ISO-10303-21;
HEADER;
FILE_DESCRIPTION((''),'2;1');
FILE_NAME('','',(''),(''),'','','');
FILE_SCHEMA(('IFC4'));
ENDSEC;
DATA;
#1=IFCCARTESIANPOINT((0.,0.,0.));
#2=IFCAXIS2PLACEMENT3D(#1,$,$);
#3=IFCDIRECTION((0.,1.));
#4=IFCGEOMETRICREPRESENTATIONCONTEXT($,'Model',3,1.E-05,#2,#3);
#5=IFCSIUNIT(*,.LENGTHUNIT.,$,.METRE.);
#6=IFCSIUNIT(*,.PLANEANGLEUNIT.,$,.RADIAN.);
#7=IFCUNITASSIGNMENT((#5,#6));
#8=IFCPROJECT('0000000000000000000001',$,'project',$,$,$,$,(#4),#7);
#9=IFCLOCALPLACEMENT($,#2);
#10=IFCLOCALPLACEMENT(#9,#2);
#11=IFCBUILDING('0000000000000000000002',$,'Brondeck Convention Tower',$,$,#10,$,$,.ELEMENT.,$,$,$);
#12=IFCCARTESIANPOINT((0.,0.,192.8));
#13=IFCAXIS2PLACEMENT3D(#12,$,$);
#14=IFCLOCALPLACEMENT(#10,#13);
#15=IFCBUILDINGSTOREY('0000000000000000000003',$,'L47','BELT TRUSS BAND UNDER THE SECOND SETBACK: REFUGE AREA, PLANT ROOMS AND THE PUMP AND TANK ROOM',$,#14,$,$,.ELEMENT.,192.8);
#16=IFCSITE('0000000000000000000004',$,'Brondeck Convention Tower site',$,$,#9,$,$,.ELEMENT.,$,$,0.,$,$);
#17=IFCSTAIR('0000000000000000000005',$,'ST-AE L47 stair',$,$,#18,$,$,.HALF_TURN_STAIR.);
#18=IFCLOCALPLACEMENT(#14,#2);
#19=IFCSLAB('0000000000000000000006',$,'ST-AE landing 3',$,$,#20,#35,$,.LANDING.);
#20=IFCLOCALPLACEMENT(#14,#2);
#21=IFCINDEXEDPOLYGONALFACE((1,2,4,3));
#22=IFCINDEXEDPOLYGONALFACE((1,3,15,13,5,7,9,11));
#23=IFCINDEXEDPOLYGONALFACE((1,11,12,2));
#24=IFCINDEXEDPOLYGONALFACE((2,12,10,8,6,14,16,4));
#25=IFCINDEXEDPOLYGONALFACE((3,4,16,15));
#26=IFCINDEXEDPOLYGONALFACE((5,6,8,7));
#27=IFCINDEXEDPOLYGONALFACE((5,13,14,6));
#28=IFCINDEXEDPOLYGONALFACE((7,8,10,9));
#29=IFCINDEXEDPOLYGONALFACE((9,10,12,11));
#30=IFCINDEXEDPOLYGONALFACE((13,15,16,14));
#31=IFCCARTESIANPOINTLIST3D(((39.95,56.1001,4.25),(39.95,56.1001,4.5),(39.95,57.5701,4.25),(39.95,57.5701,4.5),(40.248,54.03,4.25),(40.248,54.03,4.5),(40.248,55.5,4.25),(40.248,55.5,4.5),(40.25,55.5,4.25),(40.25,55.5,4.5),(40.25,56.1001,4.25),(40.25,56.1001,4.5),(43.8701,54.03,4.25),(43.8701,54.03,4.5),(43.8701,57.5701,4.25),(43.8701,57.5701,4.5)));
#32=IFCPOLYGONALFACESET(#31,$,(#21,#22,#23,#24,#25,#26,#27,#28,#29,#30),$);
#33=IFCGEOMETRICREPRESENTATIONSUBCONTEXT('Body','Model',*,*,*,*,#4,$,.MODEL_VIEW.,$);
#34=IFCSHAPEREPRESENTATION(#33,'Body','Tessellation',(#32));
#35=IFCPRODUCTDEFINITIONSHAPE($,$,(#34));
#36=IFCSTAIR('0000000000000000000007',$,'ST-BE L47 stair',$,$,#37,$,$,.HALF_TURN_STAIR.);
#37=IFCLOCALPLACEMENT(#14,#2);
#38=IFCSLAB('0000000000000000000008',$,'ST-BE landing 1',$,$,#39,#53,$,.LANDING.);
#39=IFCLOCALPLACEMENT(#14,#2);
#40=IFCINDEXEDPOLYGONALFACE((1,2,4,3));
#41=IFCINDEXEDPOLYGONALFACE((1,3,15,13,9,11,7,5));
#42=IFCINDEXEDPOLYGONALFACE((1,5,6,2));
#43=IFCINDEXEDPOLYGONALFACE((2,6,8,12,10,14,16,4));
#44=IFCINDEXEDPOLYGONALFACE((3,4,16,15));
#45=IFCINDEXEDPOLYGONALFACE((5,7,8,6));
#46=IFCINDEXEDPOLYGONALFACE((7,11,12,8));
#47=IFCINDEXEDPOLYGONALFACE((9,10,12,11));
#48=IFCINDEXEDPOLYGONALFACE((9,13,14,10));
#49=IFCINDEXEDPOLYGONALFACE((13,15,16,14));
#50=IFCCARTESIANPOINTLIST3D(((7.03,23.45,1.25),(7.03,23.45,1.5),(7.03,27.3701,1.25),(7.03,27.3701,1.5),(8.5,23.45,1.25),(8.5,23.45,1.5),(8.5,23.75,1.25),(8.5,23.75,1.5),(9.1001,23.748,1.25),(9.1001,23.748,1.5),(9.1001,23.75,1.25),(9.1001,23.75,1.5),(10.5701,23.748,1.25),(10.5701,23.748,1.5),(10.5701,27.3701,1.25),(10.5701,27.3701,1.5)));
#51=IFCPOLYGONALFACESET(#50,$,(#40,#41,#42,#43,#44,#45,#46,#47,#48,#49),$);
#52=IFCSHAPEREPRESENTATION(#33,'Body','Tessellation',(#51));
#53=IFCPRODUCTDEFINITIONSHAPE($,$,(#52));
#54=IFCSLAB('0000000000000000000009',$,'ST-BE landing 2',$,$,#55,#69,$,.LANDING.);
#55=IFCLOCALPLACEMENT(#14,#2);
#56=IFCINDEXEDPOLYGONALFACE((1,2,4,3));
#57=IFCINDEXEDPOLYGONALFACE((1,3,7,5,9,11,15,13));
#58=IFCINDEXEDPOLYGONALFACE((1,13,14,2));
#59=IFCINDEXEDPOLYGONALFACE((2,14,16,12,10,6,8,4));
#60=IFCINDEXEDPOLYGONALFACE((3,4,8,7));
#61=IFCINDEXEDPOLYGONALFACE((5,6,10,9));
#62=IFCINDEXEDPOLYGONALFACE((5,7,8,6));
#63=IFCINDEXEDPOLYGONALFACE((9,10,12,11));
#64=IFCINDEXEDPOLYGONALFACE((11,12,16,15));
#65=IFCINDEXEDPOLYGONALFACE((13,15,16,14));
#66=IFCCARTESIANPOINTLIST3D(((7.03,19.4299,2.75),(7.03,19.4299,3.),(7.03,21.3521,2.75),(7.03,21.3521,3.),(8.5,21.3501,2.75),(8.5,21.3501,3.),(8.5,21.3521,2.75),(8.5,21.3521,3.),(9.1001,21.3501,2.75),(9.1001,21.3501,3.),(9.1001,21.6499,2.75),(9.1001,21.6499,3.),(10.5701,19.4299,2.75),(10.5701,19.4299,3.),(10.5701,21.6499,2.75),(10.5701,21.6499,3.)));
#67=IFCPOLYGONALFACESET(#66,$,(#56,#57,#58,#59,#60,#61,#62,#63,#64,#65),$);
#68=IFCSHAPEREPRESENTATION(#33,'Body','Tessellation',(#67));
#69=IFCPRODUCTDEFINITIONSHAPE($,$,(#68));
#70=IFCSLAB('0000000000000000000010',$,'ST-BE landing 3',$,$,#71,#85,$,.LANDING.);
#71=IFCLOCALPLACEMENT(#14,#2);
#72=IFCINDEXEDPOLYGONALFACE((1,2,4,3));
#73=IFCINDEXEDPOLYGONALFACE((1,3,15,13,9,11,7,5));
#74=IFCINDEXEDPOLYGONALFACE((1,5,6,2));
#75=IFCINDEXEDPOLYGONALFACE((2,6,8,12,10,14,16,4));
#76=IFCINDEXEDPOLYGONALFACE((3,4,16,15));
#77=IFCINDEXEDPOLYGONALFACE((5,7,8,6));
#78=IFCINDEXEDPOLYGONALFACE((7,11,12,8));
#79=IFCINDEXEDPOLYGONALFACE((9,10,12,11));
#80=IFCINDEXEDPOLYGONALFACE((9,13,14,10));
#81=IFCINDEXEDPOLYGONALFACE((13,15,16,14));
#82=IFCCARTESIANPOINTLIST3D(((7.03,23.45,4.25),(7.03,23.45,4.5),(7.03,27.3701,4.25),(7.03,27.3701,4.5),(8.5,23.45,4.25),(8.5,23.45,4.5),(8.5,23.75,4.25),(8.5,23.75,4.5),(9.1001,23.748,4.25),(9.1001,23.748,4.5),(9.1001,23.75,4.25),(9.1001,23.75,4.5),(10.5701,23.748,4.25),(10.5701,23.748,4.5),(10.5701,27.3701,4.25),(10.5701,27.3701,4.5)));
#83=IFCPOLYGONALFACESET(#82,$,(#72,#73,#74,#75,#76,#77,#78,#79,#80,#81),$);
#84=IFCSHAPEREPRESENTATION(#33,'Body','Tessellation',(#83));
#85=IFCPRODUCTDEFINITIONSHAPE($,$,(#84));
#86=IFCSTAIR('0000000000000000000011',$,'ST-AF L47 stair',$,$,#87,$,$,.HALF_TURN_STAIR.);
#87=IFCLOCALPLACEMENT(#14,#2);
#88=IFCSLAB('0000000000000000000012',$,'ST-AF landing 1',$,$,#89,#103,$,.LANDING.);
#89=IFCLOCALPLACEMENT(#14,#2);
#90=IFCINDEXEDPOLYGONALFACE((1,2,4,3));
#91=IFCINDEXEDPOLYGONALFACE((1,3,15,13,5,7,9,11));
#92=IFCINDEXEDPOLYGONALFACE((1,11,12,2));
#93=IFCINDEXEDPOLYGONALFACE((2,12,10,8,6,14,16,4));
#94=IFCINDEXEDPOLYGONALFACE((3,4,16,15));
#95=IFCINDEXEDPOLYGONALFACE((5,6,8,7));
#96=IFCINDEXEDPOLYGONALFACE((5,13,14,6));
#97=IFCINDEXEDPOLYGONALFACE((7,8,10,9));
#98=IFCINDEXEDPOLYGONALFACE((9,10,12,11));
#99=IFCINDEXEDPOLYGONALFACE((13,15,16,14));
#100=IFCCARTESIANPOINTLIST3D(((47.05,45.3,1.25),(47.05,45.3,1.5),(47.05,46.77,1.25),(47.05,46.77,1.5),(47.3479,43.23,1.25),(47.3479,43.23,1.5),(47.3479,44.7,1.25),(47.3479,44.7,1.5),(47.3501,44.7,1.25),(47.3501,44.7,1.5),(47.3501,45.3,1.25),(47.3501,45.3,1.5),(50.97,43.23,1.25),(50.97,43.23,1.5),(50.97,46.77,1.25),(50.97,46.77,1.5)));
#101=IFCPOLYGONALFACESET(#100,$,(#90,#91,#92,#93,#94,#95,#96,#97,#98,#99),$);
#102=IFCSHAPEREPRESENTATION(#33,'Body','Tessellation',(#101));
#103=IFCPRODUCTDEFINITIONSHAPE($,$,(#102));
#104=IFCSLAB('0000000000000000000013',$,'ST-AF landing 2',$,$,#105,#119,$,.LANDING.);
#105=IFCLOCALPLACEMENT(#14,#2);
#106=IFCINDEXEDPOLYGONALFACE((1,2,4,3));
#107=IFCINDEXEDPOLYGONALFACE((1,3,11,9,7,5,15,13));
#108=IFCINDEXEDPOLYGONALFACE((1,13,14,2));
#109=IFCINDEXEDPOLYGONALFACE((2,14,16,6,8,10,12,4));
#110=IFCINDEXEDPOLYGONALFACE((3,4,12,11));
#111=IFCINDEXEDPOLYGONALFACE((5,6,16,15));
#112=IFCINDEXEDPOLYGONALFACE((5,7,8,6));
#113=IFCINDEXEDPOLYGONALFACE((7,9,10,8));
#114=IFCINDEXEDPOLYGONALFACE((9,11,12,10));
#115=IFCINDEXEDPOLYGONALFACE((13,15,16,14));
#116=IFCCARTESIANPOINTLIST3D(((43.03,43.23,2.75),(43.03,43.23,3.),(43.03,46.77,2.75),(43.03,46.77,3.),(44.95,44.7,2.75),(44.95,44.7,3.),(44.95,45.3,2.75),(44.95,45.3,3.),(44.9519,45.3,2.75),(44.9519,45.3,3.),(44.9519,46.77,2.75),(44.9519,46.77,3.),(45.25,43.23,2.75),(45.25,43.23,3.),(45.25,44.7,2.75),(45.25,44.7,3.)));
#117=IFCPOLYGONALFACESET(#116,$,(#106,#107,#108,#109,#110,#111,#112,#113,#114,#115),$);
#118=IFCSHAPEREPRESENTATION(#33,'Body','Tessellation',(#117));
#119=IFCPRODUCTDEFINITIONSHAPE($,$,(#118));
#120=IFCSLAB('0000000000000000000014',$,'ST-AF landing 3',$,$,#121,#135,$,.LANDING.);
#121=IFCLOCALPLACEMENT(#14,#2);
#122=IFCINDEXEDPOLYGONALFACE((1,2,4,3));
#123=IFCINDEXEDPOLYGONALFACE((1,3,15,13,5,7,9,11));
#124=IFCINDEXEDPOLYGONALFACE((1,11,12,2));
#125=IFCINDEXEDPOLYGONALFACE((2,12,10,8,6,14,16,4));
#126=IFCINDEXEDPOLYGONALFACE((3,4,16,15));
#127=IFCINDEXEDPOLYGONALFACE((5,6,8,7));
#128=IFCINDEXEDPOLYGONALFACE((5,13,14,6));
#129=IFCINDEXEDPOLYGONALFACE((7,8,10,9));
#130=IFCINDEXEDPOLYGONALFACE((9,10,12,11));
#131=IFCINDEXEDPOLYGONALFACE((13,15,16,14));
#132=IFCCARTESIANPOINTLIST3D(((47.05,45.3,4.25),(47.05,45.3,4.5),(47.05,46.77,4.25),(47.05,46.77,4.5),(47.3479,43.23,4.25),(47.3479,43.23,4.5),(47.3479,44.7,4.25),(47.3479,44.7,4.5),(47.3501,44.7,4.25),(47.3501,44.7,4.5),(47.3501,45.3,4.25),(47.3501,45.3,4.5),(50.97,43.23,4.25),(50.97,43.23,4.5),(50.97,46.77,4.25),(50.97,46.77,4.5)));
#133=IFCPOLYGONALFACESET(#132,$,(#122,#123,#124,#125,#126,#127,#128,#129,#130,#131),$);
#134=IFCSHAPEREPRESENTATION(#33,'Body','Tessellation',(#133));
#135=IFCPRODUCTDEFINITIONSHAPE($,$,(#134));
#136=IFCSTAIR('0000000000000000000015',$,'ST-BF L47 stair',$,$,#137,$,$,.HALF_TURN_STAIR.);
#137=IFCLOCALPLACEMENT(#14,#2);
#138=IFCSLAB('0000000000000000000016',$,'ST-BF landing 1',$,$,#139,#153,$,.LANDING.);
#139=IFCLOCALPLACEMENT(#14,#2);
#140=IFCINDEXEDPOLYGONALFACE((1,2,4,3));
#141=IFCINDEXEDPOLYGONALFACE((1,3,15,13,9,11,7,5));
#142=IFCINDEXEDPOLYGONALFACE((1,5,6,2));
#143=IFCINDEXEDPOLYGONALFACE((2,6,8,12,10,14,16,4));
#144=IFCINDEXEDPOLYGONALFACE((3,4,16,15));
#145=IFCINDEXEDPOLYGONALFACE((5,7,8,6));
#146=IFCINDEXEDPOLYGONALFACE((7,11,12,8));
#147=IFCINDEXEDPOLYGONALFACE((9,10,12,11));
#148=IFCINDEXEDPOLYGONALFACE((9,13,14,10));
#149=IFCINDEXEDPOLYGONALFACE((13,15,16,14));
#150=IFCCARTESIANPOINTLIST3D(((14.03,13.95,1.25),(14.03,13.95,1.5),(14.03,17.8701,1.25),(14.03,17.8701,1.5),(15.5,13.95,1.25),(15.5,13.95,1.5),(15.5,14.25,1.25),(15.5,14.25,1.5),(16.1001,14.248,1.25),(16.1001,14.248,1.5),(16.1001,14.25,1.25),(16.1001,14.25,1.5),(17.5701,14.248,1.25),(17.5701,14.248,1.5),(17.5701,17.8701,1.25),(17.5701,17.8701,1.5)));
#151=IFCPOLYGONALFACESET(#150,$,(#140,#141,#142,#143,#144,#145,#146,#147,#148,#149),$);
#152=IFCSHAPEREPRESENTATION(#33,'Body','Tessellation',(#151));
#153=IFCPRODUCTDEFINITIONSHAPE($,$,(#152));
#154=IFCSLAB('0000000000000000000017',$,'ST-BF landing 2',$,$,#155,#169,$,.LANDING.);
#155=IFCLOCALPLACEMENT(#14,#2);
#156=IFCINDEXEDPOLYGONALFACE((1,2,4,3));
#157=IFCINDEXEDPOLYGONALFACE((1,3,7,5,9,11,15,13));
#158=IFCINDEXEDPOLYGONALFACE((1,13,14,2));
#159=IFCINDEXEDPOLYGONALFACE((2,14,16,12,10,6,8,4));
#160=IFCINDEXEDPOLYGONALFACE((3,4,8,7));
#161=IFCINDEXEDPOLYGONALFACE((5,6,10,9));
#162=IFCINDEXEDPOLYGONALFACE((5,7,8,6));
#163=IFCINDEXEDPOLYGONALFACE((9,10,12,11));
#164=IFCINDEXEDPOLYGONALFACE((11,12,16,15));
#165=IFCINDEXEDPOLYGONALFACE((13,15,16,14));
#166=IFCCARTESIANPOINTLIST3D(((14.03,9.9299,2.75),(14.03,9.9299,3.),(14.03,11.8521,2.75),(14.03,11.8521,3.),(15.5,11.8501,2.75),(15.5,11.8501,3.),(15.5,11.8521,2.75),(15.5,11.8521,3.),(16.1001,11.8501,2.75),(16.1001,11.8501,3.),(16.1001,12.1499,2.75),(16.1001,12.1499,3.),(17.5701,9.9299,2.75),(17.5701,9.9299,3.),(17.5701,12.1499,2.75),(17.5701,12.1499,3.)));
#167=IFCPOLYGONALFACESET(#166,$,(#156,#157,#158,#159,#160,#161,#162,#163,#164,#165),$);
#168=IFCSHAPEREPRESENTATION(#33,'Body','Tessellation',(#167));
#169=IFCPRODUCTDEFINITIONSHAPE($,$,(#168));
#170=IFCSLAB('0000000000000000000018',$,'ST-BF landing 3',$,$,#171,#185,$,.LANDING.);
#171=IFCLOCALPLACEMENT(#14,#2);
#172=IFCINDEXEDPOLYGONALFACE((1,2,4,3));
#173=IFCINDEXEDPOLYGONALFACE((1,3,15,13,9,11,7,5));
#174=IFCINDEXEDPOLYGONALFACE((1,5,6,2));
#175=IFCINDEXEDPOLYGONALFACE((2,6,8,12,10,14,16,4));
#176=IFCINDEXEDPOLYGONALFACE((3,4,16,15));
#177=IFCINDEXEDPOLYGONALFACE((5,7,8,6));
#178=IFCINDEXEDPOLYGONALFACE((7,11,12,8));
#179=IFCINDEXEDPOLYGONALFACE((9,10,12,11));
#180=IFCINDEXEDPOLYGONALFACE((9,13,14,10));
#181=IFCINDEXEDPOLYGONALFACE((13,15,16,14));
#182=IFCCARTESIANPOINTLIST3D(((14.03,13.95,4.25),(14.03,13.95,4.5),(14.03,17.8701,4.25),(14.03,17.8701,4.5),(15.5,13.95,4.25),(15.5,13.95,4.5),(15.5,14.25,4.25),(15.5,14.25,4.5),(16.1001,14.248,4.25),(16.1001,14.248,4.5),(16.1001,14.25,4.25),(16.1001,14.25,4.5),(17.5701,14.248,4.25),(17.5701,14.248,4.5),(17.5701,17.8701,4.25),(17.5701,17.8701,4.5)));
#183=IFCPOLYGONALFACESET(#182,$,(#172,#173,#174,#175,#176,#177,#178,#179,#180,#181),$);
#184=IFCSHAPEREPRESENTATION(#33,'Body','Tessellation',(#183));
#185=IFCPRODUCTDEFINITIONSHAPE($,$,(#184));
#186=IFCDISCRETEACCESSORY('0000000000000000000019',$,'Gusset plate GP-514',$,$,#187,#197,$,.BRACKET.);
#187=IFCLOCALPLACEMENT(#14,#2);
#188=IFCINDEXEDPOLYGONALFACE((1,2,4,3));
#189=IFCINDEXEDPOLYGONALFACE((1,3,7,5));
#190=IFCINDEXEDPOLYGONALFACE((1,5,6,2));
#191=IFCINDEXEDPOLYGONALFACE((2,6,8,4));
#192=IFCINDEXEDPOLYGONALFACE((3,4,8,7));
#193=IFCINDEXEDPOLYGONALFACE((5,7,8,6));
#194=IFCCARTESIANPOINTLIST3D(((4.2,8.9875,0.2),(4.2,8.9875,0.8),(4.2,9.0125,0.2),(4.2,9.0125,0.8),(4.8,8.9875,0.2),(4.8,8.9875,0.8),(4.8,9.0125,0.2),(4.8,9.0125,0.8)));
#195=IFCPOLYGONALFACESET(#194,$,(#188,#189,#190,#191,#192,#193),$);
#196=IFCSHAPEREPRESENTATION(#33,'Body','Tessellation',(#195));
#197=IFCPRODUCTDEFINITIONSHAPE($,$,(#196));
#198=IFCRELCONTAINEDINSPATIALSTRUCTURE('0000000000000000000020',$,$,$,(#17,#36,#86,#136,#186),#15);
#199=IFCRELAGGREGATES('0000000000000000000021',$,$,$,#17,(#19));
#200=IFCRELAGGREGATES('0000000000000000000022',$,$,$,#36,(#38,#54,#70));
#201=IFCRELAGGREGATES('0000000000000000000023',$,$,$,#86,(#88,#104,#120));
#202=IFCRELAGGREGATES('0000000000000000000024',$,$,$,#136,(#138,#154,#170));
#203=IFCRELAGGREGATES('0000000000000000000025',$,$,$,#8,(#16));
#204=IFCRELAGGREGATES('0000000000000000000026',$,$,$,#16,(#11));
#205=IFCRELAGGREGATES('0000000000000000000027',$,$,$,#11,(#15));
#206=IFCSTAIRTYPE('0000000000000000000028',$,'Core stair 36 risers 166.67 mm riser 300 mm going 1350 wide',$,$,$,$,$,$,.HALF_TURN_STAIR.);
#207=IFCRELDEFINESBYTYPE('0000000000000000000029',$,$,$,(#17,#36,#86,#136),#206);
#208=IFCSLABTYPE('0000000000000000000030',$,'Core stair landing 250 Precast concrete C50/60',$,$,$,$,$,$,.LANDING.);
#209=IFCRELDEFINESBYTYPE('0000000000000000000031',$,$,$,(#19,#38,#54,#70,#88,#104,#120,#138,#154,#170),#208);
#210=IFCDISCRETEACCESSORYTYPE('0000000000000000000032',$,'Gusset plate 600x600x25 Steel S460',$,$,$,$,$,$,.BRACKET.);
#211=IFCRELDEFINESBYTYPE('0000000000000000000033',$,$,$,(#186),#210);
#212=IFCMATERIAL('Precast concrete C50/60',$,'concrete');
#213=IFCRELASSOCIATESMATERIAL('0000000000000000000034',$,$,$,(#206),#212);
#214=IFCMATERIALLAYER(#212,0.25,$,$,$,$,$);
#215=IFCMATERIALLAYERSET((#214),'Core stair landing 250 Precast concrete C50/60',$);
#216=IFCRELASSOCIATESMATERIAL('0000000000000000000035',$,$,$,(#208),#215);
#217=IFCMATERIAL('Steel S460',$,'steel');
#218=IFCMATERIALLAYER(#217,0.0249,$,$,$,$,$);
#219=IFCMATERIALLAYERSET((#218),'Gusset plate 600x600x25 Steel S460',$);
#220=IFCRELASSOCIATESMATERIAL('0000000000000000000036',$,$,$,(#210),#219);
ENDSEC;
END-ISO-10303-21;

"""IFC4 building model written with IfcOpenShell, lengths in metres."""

from ifc_helpers import new_model, si_unit, direction, frame, origin, origin_2d, place, context, subcontext, project, spatial, polyline, rectangle, outline, extrude, material, layer, layer_set, type_object, element, aggregate, save


model = new_model("IFC4")

# Units and contexts
model_context = context("Model", 3, precision=1e-05, world=origin(), true_north=direction((0.0, 1.0)))
body_context = subcontext(model_context, "Body", "Model", "MODEL_VIEW")
ifc_project = project(units=[si_unit("LENGTHUNIT", "METRE"), si_unit("PLANEANGLEUNIT", "RADIAN")], contexts=[model_context])

# Site, building, storey
site_placement = place(None, origin())
site = spatial("IfcSite", under=ifc_project, at=site_placement, Name="Brondeck Convention Tower site", CompositionType="ELEMENT", RefElevation=0.0)
building_placement = place(site_placement, origin())
building = spatial("IfcBuilding", under=site, at=building_placement, Name="Brondeck Convention Tower", CompositionType="ELEMENT")
storey_placement = place(building_placement, frame((0.0, 0.0, 192.8)))
storey = spatial("IfcBuildingStorey", under=building, at=storey_placement, Name="L47", Description="BELT TRUSS BAND UNDER THE SECOND SETBACK: REFUGE AREA, PLANT ROOMS AND THE PUMP AND TANK ROOM", CompositionType="ELEMENT", Elevation=192.8)

# Shared definitions
ifc_material_1 = material(Name="Steel S460", Category="steel")

# Stairs, slabs
ifc_material_2 = material(Name="Precast concrete C50/60", Category="concrete")
stair_type = type_object("IfcStairType", Name="Core stair 36 risers 166.67 mm riser 300 mm going 1350 wide", PredefinedType="HALF_TURN_STAIR", material=ifc_material_2)
ifc_layer_1 = layer(ifc_material_2, 0.25)
ifc_layer_set_1 = layer_set([ifc_layer_1], Name="Core stair landing 250 Precast concrete C50/60")
slab_type_1 = type_object("IfcSlabType", Name="Core stair landing 250 Precast concrete C50/60", PredefinedType="LANDING", material=ifc_layer_set_1)
stair_1_placement = place(storey_placement, origin())
stair_1 = element("IfcStair", 1, at=stair_1_placement, inside=storey, type_object=stair_type, Name="ST-AE L47 stair", PredefinedType="HALF_TURN_STAIR")
slab_1_placement = place(storey_placement, frame((0.0, 0.0, 4.25)))
slab_1 = element("IfcSlab", 2, at=slab_1_placement, type_object=slab_type_1, Name="ST-AE landing 3", PredefinedType="LANDING", context=body_context, shape_type="SweptSolid", body=[
    extrude(outline(polyline([(40.248, 55.5), (40.25, 55.5), (40.25, 56.1001), (39.95, 56.1001), (39.95, 57.5701), (43.8701, 57.5701), (43.8701, 54.03), (40.248, 54.03), (40.248, 55.5)])), origin(), (0.0, 0.0, 1.0), 0.25),
])
aggregate(stair_1, [slab_1])
stair_2_placement = place(storey_placement, origin())
stair_2 = element("IfcStair", 3, at=stair_2_placement, inside=storey, type_object=stair_type, Name="ST-BE L47 stair", PredefinedType="HALF_TURN_STAIR")
slab_2_placement = place(storey_placement, frame((0.0, 0.0, 1.25)))
slab_2 = element("IfcSlab", 4, at=slab_2_placement, type_object=slab_type_1, Name="ST-BE landing 1", PredefinedType="LANDING", context=body_context, shape_type="SweptSolid", body=[
    extrude(outline(polyline([(7.03, 23.45), (7.03, 27.3701), (10.5701, 27.3701), (10.5701, 23.748), (9.1001, 23.748), (9.1001, 23.75), (8.5, 23.75), (8.5, 23.45), (7.03, 23.45)])), origin(), (0.0, 0.0, 1.0), 0.25),
])
slab_3_placement = place(storey_placement, frame((0.0, 0.0, 2.75)))
slab_3 = element("IfcSlab", 5, at=slab_3_placement, type_object=slab_type_1, Name="ST-BE landing 2", PredefinedType="LANDING", context=body_context, shape_type="SweptSolid", body=[
    extrude(outline(polyline([(10.5701, 19.4299), (7.03, 19.4299), (7.03, 21.3521), (8.5, 21.3521), (8.5, 21.3501), (9.1001, 21.3501), (9.1001, 21.6499), (10.5701, 21.6499), (10.5701, 19.4299)])), origin(), (0.0, 0.0, 1.0), 0.25),
])
slab_4_placement = place(storey_placement, frame((0.0, 0.0, 4.25)))
slab_4 = element("IfcSlab", 6, at=slab_4_placement, type_object=slab_type_1, Name="ST-BE landing 3", PredefinedType="LANDING", context=body_context, shape_type="SweptSolid", body=[
    extrude(outline(polyline([(7.03, 23.45), (7.03, 27.3701), (10.5701, 27.3701), (10.5701, 23.748), (9.1001, 23.748), (9.1001, 23.75), (8.5, 23.75), (8.5, 23.45), (7.03, 23.45)])), origin(), (0.0, 0.0, 1.0), 0.25),
])
aggregate(stair_2, [slab_2, slab_3, slab_4])
stair_3_placement = place(storey_placement, origin())
stair_3 = element("IfcStair", 7, at=stair_3_placement, inside=storey, type_object=stair_type, Name="ST-AF L47 stair", PredefinedType="HALF_TURN_STAIR")
slab_5_placement = place(storey_placement, frame((0.0, 0.0, 1.25)))
slab_5 = element("IfcSlab", 8, at=slab_5_placement, type_object=slab_type_1, Name="ST-AF landing 1", PredefinedType="LANDING", context=body_context, shape_type="SweptSolid", body=[
    extrude(outline(polyline([(47.3479, 44.7), (47.3501, 44.7), (47.3501, 45.3), (47.05, 45.3), (47.05, 46.77), (50.97, 46.77), (50.97, 43.23), (47.3479, 43.23), (47.3479, 44.7)])), origin(), (0.0, 0.0, 1.0), 0.25),
])
slab_6_placement = place(storey_placement, frame((0.0, 0.0, 2.75)))
slab_6 = element("IfcSlab", 9, at=slab_6_placement, type_object=slab_type_1, Name="ST-AF landing 2", PredefinedType="LANDING", context=body_context, shape_type="SweptSolid", body=[
    extrude(outline(polyline([(45.25, 44.7), (45.25, 43.23), (43.03, 43.23), (43.03, 46.77), (44.9519, 46.77), (44.9519, 45.3), (44.95, 45.3), (44.95, 44.7), (45.25, 44.7)])), origin(), (0.0, 0.0, 1.0), 0.25),
])
slab_7_placement = place(storey_placement, frame((0.0, 0.0, 4.25)))
slab_7 = element("IfcSlab", 10, at=slab_7_placement, type_object=slab_type_1, Name="ST-AF landing 3", PredefinedType="LANDING", context=body_context, shape_type="SweptSolid", body=[
    extrude(outline(polyline([(47.3479, 44.7), (47.3501, 44.7), (47.3501, 45.3), (47.05, 45.3), (47.05, 46.77), (50.97, 46.77), (50.97, 43.23), (47.3479, 43.23), (47.3479, 44.7)])), origin(), (0.0, 0.0, 1.0), 0.25),
])
aggregate(stair_3, [slab_5, slab_6, slab_7])
stair_4_placement = place(storey_placement, origin())
stair_4 = element("IfcStair", 11, at=stair_4_placement, inside=storey, type_object=stair_type, Name="ST-BF L47 stair", PredefinedType="HALF_TURN_STAIR")
slab_8_placement = place(storey_placement, frame((0.0, 0.0, 1.25)))
slab_8 = element("IfcSlab", 12, at=slab_8_placement, type_object=slab_type_1, Name="ST-BF landing 1", PredefinedType="LANDING", context=body_context, shape_type="SweptSolid", body=[
    extrude(outline(polyline([(14.03, 13.95), (14.03, 17.8701), (17.5701, 17.8701), (17.5701, 14.248), (16.1001, 14.248), (16.1001, 14.25), (15.5, 14.25), (15.5, 13.95), (14.03, 13.95)])), origin(), (0.0, 0.0, 1.0), 0.25),
])
slab_9_placement = place(storey_placement, frame((0.0, 0.0, 2.75)))
slab_9 = element("IfcSlab", 13, at=slab_9_placement, type_object=slab_type_1, Name="ST-BF landing 2", PredefinedType="LANDING", context=body_context, shape_type="SweptSolid", body=[
    extrude(outline(polyline([(17.5701, 9.9299), (14.03, 9.9299), (14.03, 11.8521), (15.5, 11.8521), (15.5, 11.8501), (16.1001, 11.8501), (16.1001, 12.1499), (17.5701, 12.1499), (17.5701, 9.9299)])), origin(), (0.0, 0.0, 1.0), 0.25),
])
slab_10_placement = place(storey_placement, frame((0.0, 0.0, 4.25)))
slab_10 = element("IfcSlab", 14, at=slab_10_placement, type_object=slab_type_1, Name="ST-BF landing 3", PredefinedType="LANDING", context=body_context, shape_type="SweptSolid", body=[
    extrude(outline(polyline([(14.03, 13.95), (14.03, 17.8701), (17.5701, 17.8701), (17.5701, 14.248), (16.1001, 14.248), (16.1001, 14.25), (15.5, 14.25), (15.5, 13.95), (14.03, 13.95)])), origin(), (0.0, 0.0, 1.0), 0.25),
])
aggregate(stair_4, [slab_8, slab_9, slab_10])

# Discrete accessory
ifc_layer_2 = layer(ifc_material_1, 0.0249)
ifc_layer_set_2 = layer_set([ifc_layer_2], Name="Gusset plate 600x600x25 Steel S460")
discrete_accessory_type = type_object("IfcDiscreteAccessoryType", Name="Gusset plate 600x600x25 Steel S460", PredefinedType="BRACKET", material=ifc_layer_set_2)
for number, where, z_axis, x_axis, name in (
    (15, (4.5, 9.0, 0.2), (0.0, 0.0, 1.0), (1.0, 0.0, 0.0), "Gusset plate GP-514"),
):
    element("IfcDiscreteAccessory", number, at=place(storey_placement, frame(where, z_axis=z_axis, x_axis=x_axis)), inside=storey, type_object=discrete_accessory_type, Name=name, PredefinedType="BRACKET", context=body_context, shape_type="SweptSolid", body=[
        extrude(rectangle(XDim=0.6001, YDim=0.0249, at=origin_2d()), origin(), (0.0, 0.0, 1.0), 0.6001),
    ])

save(model, "model.ifc")
